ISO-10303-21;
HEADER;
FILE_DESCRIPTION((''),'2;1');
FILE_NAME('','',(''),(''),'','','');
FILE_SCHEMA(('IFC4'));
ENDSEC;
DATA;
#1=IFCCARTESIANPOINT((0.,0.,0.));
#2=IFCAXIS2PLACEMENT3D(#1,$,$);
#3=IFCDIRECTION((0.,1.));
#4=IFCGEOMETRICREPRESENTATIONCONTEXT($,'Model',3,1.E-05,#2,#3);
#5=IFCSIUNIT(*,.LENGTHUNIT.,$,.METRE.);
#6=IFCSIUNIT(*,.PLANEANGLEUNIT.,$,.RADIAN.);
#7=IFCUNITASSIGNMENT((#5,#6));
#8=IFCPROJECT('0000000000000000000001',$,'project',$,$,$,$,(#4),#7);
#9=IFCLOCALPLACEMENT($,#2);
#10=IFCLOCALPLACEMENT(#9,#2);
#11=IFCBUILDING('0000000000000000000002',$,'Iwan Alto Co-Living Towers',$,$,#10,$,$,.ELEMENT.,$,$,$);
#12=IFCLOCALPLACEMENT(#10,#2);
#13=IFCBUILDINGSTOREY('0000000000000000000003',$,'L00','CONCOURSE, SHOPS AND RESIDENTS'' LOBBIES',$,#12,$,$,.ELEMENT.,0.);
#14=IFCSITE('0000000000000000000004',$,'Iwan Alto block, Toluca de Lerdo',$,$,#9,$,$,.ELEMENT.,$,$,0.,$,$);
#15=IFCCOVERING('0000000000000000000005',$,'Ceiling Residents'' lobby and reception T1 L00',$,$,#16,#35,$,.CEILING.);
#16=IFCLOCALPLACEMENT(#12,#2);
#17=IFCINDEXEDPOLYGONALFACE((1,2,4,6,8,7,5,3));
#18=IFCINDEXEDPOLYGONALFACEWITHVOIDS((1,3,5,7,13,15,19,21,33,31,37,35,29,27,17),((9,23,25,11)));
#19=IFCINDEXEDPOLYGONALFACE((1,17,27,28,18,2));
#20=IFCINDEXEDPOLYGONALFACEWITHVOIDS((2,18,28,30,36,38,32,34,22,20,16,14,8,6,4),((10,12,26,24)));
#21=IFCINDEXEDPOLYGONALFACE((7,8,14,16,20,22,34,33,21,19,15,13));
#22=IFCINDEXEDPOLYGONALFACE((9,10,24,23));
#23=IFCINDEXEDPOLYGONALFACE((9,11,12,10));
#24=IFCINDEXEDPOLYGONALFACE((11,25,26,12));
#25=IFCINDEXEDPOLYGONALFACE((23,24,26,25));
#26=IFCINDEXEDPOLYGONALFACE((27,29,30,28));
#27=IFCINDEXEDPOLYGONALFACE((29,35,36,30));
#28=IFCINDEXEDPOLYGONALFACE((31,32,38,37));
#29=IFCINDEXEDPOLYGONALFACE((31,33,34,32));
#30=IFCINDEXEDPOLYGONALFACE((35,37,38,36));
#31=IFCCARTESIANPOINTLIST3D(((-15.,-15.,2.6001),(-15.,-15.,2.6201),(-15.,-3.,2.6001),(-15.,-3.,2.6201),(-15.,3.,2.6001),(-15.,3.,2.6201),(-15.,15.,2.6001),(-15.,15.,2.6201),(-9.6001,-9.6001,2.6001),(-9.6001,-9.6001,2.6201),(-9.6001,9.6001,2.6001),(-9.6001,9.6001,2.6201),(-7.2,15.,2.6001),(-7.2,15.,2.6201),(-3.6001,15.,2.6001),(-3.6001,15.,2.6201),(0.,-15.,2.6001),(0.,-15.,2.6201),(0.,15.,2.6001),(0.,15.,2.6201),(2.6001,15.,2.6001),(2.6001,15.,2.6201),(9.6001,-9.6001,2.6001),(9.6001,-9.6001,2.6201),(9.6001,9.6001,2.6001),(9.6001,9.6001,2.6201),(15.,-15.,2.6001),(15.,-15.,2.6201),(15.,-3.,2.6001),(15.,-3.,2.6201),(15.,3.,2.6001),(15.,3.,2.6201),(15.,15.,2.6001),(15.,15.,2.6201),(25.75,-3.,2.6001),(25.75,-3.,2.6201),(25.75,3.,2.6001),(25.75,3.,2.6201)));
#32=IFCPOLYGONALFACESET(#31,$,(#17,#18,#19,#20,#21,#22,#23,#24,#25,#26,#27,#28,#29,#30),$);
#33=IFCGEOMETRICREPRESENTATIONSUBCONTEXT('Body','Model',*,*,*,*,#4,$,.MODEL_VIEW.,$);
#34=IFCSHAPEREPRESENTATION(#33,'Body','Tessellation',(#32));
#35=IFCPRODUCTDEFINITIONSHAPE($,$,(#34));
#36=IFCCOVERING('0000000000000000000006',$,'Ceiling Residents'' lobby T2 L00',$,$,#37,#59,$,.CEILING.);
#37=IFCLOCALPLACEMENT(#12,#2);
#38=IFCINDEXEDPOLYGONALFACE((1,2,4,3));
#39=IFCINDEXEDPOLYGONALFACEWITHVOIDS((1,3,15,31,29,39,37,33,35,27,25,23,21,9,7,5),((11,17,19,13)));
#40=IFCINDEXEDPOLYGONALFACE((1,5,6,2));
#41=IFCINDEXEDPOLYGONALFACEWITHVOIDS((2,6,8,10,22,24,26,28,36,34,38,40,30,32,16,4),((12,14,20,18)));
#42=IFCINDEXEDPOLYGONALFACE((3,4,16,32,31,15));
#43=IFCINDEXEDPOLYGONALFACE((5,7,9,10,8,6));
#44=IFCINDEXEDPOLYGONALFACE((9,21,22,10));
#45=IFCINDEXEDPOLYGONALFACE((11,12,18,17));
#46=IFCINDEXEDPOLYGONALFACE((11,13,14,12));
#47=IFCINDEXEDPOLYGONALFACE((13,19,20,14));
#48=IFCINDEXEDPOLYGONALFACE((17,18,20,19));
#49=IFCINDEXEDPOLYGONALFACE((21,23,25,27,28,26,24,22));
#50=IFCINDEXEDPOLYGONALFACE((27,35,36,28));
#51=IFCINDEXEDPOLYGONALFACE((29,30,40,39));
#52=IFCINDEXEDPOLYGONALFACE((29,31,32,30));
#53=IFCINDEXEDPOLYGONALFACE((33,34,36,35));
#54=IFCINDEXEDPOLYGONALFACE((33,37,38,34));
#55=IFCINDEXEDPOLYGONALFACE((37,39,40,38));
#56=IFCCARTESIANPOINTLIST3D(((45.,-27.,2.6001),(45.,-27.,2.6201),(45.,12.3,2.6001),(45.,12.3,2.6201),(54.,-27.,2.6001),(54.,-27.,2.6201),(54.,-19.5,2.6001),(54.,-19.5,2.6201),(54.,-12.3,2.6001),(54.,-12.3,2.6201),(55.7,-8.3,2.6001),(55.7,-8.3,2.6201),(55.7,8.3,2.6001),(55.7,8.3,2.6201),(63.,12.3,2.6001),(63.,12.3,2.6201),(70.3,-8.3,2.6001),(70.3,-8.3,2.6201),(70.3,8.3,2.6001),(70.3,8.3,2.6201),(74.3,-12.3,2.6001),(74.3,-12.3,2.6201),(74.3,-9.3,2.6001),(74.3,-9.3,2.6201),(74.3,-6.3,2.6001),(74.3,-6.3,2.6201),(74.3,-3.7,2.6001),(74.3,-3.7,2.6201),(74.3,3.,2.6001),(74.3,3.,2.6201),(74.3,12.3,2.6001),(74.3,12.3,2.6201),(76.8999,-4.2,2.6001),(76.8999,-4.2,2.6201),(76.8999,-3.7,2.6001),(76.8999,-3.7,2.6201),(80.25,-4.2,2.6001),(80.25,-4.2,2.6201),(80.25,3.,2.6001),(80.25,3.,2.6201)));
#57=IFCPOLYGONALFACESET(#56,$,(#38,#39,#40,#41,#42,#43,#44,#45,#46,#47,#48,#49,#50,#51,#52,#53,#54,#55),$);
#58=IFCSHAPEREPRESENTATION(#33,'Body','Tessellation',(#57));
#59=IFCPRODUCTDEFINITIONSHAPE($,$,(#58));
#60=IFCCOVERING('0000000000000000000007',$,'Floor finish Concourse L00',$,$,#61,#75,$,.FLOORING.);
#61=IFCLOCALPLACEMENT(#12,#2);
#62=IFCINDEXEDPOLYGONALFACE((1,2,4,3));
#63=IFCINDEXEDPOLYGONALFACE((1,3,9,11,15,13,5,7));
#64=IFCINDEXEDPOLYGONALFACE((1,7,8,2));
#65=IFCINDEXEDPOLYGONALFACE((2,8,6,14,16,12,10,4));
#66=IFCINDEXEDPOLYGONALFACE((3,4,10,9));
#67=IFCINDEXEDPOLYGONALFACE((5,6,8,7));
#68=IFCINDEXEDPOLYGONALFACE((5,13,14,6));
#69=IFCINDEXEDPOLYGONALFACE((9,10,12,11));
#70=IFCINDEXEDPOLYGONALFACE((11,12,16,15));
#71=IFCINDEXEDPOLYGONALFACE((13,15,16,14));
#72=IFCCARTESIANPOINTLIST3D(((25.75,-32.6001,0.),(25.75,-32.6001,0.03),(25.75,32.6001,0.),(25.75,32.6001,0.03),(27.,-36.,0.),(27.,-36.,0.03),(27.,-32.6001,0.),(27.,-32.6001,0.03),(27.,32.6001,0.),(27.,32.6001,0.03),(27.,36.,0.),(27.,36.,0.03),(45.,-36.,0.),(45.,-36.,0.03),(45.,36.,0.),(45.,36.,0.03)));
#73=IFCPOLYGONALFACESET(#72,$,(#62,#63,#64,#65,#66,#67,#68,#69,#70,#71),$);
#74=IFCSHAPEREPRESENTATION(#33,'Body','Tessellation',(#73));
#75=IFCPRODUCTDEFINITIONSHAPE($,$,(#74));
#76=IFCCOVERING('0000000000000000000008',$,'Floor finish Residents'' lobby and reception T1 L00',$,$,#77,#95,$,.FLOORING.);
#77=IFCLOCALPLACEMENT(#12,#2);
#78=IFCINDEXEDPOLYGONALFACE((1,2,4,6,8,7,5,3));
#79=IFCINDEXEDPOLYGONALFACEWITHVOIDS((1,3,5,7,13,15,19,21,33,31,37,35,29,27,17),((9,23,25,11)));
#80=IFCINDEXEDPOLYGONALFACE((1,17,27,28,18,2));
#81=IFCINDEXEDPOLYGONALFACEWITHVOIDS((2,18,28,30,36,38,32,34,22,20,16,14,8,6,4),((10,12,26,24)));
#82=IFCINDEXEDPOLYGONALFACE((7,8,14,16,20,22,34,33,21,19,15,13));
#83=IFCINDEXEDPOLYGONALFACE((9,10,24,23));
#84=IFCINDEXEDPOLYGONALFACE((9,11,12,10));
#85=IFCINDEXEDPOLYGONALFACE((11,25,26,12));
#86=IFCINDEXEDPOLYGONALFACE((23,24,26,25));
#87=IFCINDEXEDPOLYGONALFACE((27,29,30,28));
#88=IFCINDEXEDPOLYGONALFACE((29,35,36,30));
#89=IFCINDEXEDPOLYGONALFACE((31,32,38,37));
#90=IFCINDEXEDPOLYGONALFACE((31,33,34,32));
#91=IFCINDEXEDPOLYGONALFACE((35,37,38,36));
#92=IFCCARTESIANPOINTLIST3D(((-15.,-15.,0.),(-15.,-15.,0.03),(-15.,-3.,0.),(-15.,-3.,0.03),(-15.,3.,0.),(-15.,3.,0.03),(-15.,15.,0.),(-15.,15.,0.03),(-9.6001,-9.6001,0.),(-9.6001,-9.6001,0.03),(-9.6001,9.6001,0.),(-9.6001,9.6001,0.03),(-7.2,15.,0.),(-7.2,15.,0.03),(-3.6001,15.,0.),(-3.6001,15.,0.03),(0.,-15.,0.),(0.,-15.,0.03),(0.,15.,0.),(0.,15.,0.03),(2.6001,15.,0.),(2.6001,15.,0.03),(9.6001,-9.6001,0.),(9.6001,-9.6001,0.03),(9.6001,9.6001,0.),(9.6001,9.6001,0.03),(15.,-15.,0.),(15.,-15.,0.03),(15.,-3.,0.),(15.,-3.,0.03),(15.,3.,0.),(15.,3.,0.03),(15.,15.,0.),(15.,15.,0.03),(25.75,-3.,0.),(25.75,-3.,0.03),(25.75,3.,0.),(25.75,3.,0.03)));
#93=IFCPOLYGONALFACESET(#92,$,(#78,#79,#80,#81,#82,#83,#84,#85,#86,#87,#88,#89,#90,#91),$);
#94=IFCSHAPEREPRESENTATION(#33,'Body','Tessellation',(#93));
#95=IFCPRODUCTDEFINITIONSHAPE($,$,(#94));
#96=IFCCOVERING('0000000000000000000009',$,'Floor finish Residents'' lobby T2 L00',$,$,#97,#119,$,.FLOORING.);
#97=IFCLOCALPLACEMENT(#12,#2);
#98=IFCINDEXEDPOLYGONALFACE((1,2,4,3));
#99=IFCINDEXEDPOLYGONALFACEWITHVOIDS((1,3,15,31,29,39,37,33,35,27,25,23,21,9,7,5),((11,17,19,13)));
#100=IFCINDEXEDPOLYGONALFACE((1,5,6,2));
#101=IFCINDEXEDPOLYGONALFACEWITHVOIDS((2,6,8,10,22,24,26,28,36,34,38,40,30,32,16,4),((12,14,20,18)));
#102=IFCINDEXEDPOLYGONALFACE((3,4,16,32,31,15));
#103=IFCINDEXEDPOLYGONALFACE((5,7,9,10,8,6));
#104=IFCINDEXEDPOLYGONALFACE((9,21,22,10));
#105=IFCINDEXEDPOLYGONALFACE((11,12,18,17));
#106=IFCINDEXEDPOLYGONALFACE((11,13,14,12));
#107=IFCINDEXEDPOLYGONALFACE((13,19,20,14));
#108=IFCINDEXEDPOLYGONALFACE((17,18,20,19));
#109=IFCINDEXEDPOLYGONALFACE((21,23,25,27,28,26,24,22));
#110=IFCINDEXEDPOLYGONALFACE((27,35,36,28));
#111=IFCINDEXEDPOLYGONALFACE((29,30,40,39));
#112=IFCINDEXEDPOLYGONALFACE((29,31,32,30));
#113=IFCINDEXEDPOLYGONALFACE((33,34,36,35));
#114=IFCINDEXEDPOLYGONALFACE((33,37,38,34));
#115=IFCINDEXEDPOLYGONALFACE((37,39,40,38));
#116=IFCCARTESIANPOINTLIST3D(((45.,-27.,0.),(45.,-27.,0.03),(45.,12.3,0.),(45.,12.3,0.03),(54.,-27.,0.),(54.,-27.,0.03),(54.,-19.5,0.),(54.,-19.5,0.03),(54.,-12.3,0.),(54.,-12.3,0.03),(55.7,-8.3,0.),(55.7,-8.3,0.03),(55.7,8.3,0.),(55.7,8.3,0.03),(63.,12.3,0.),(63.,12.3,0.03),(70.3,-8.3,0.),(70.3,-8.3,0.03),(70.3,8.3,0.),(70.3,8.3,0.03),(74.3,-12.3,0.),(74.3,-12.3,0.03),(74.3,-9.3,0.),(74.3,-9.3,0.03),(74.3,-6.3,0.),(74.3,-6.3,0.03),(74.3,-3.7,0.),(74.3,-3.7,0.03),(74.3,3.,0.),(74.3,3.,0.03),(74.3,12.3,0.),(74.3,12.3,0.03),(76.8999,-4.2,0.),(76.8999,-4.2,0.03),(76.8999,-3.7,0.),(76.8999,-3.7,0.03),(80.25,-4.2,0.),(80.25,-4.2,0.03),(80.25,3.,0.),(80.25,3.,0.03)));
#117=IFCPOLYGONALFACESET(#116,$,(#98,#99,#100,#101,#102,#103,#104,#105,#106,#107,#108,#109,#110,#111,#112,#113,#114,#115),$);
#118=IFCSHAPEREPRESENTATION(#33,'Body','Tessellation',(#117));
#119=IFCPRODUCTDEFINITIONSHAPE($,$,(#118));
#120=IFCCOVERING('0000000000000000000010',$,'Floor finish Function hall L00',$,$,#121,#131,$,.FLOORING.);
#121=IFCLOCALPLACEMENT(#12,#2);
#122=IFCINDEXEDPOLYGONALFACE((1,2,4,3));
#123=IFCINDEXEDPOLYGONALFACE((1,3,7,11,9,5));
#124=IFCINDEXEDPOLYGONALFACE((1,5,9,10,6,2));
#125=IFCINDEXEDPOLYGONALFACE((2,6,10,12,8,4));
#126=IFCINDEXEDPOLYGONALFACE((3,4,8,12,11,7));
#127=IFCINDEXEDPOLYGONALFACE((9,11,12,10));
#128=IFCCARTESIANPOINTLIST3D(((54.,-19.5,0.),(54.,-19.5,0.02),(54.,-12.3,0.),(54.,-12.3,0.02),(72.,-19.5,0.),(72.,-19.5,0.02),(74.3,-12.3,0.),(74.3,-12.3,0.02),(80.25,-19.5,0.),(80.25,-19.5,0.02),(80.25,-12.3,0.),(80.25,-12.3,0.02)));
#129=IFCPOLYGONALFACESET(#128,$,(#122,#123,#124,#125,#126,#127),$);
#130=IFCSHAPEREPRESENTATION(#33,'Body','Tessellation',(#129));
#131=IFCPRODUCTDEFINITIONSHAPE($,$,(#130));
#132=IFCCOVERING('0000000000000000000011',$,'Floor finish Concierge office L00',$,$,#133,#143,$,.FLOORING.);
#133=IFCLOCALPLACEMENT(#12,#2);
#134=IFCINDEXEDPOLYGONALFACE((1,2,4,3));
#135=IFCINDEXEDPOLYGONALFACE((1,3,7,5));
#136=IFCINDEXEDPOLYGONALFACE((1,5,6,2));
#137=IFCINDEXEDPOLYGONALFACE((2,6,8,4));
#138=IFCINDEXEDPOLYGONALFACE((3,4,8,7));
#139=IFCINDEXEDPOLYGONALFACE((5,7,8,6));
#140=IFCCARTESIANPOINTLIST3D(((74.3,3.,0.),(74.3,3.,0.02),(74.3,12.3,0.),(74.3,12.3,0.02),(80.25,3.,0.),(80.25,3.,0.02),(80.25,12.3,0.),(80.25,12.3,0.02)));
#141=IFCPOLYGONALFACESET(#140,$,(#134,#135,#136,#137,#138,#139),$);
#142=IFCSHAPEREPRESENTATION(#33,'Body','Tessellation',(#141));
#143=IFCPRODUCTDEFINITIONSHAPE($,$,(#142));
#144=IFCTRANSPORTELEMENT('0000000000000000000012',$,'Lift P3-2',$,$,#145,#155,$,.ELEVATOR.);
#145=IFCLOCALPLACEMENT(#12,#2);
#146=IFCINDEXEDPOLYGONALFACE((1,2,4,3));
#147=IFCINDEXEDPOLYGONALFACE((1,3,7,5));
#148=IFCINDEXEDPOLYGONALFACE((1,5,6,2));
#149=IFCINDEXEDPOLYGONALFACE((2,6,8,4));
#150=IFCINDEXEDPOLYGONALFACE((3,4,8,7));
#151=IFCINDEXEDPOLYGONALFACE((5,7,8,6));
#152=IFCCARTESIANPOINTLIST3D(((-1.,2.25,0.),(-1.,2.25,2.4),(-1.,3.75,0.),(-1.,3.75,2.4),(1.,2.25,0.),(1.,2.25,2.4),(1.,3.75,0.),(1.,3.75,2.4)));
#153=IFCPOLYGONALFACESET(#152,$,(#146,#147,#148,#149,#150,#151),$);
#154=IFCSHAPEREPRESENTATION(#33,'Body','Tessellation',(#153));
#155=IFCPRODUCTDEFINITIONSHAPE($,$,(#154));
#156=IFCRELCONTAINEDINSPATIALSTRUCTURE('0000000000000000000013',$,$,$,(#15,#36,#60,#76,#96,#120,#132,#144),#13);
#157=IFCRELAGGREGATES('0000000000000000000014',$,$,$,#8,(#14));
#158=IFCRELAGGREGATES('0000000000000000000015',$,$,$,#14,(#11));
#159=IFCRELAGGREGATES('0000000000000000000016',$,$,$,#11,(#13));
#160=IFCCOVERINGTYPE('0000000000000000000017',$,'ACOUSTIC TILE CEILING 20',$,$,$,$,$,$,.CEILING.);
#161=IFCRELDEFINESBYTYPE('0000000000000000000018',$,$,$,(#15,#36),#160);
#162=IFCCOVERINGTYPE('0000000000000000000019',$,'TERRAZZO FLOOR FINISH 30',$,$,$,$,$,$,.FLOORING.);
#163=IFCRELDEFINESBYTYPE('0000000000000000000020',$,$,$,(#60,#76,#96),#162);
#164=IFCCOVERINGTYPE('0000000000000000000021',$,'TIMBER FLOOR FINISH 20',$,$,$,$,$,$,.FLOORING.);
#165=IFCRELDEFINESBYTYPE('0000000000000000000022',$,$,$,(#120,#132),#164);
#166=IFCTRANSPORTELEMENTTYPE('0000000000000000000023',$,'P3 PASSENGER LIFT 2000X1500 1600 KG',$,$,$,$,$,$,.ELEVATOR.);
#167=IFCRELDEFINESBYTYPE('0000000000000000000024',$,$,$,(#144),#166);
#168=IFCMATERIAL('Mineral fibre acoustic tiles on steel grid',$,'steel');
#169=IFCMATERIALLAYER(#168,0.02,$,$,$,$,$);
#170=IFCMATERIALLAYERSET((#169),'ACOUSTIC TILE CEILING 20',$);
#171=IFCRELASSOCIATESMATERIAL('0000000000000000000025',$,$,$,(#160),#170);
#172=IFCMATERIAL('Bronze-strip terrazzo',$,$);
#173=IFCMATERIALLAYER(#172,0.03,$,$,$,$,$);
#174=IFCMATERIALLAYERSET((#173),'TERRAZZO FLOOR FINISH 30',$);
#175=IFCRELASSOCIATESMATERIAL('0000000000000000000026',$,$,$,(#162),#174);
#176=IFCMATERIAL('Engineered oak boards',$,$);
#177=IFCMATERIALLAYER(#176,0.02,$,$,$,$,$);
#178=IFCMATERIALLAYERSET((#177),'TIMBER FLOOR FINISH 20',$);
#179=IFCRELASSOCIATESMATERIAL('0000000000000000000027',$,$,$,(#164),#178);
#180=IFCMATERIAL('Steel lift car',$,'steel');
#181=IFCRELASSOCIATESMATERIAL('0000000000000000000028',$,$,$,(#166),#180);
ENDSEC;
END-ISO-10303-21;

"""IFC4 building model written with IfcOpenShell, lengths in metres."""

from ifc_helpers import new_model, si_unit, direction, frame, origin, origin_2d, place, context, subcontext, project, spatial, polyline, rectangle, outline, extrude, material, layer, layer_set, type_object, element, save


model = new_model("IFC4")

# Units and contexts
model_context = context("Model", 3, precision=1e-05, world=origin(), true_north=direction((0.0, 1.0)))
body_context = subcontext(model_context, "Body", "Model", "MODEL_VIEW")
ifc_project = project(units=[si_unit("LENGTHUNIT", "METRE"), si_unit("PLANEANGLEUNIT", "RADIAN")], contexts=[model_context])

# Site, building, storey
site_placement = place(None, origin())
site = spatial("IfcSite", under=ifc_project, at=site_placement, Name="Iwan Alto block, Toluca de Lerdo", CompositionType="ELEMENT", RefElevation=0.0)
building_placement = place(site_placement, origin())
building = spatial("IfcBuilding", under=site, at=building_placement, Name="Iwan Alto Co-Living Towers", CompositionType="ELEMENT")
storey_placement = place(building_placement, origin())
storey = spatial("IfcBuildingStorey", under=building, at=storey_placement, Name="L00", Description="CONCOURSE, SHOPS AND RESIDENTS' LOBBIES", CompositionType="ELEMENT", Elevation=0.0)

# Coverings
ifc_material_1 = material(Name="Mineral fibre acoustic tiles on steel grid", Category="steel")
ifc_layer_1 = layer(ifc_material_1, 0.02)
ifc_layer_set_1 = layer_set([ifc_layer_1], Name="ACOUSTIC TILE CEILING 20")
covering_type_1 = type_object("IfcCoveringType", Name="ACOUSTIC TILE CEILING 20", PredefinedType="CEILING", material=ifc_layer_set_1)
covering_1_placement = place(storey_placement, frame((0.0, 0.0, 2.6001)))
element("IfcCovering", 1, at=covering_1_placement, inside=storey, type_object=covering_type_1, Name="Ceiling Residents' lobby and reception T1 L00", PredefinedType="CEILING", context=body_context, shape_type="SweptSolid", body=[
    extrude(outline(polyline([(15.0, -3.0), (15.0, -15.0), (0.0, -15.0), (-15.0, -15.0), (-15.0, -3.0), (-15.0, 3.0), (-15.0, 15.0), (-7.2, 15.0), (-3.6001, 15.0), (0.0, 15.0), (2.6001, 15.0), (15.0, 15.0), (15.0, 3.0), (25.75, 3.0), (25.75, -3.0), (15.0, -3.0)]), holes=[polyline([(9.6001, -9.6001), (9.6001, 9.6001), (-9.6001, 9.6001), (-9.6001, -9.6001), (9.6001, -9.6001)])]), origin(), (0.0, 0.0, 1.0), 0.02),
])
covering_2_placement = place(storey_placement, frame((0.0, 0.0, 2.6001)))
element("IfcCovering", 2, at=covering_2_placement, inside=storey, type_object=covering_type_1, Name="Ceiling Residents' lobby T2 L00", PredefinedType="CEILING", context=body_context, shape_type="SweptSolid", body=[
    extrude(outline(polyline([(63.0, 12.3), (74.3, 12.3), (74.3, 3.0), (80.25, 3.0), (80.25, -4.2), (76.8999, -4.2), (76.8999, -3.7), (74.3, -3.7), (74.3, -6.3), (74.3, -9.3), (74.3, -12.3), (54.0, -12.3), (54.0, -19.5), (54.0, -27.0), (45.0, -27.0), (45.0, 12.3), (63.0, 12.3)]), holes=[polyline([(70.3, -8.3), (70.3, 8.3), (55.7, 8.3), (55.7, -8.3), (70.3, -8.3)])]), origin(), (0.0, 0.0, 1.0), 0.02),
])
ifc_material_2 = material(Name="Bronze-strip terrazzo")
ifc_layer_2 = layer(ifc_material_2, 0.03)
ifc_layer_set_2 = layer_set([ifc_layer_2], Name="TERRAZZO FLOOR FINISH 30")
covering_type_2 = type_object("IfcCoveringType", Name="TERRAZZO FLOOR FINISH 30", PredefinedType="FLOORING", material=ifc_layer_set_2)
covering_3_placement = place(storey_placement, origin())
element("IfcCovering", 3, at=covering_3_placement, inside=storey, type_object=covering_type_2, Name="Floor finish Concourse L00", PredefinedType="FLOORING", context=body_context, shape_type="SweptSolid", body=[
    extrude(outline(polyline([(25.75, 32.6001), (27.0, 32.6001), (27.0, 36.0), (45.0, 36.0), (45.0, -36.0), (27.0, -36.0), (27.0, -32.6001), (25.75, -32.6001), (25.75, 32.6001)])), origin(), (0.0, 0.0, 1.0), 0.03),
])
covering_4_placement = place(storey_placement, origin())
element("IfcCovering", 4, at=covering_4_placement, inside=storey, type_object=covering_type_2, Name="Floor finish Residents' lobby and reception T1 L00", PredefinedType="FLOORING", context=body_context, shape_type="SweptSolid", body=[
    extrude(outline(polyline([(15.0, -3.0), (15.0, -15.0), (0.0, -15.0), (-15.0, -15.0), (-15.0, -3.0), (-15.0, 3.0), (-15.0, 15.0), (-7.2, 15.0), (-3.6001, 15.0), (0.0, 15.0), (2.6001, 15.0), (15.0, 15.0), (15.0, 3.0), (25.75, 3.0), (25.75, -3.0), (15.0, -3.0)]), holes=[polyline([(9.6001, -9.6001), (9.6001, 9.6001), (-9.6001, 9.6001), (-9.6001, -9.6001), (9.6001, -9.6001)])]), origin(), (0.0, 0.0, 1.0), 0.03),
])
covering_5_placement = place(storey_placement, origin())
element("IfcCovering", 5, at=covering_5_placement, inside=storey, type_object=covering_type_2, Name="Floor finish Residents' lobby T2 L00", PredefinedType="FLOORING", context=body_context, shape_type="SweptSolid", body=[
    extrude(outline(polyline([(63.0, 12.3), (74.3, 12.3), (74.3, 3.0), (80.25, 3.0), (80.25, -4.2), (76.8999, -4.2), (76.8999, -3.7), (74.3, -3.7), (74.3, -6.3), (74.3, -9.3), (74.3, -12.3), (54.0, -12.3), (54.0, -19.5), (54.0, -27.0), (45.0, -27.0), (45.0, 12.3), (63.0, 12.3)]), holes=[polyline([(70.3, -8.3), (70.3, 8.3), (55.7, 8.3), (55.7, -8.3), (70.3, -8.3)])]), origin(), (0.0, 0.0, 1.0), 0.03),
])
ifc_material_3 = material(Name="Engineered oak boards")
ifc_layer_3 = layer(ifc_material_3, 0.02)
ifc_layer_set_3 = layer_set([ifc_layer_3], Name="TIMBER FLOOR FINISH 20")
covering_type_3 = type_object("IfcCoveringType", Name="TIMBER FLOOR FINISH 20", PredefinedType="FLOORING", material=ifc_layer_set_3)
covering_6_placement = place(storey_placement, origin())
element("IfcCovering", 6, at=covering_6_placement, inside=storey, type_object=covering_type_3, Name="Floor finish Function hall L00", PredefinedType="FLOORING", context=body_context, shape_type="SweptSolid", body=[
    extrude(outline(polyline([(72.0, -19.5), (54.0, -19.5), (54.0, -12.3), (74.3, -12.3), (80.25, -12.3), (80.25, -19.5), (72.0, -19.5)])), origin(), (0.0, 0.0, 1.0), 0.02),
])
covering_7_placement = place(storey_placement, origin())
element("IfcCovering", 7, at=covering_7_placement, inside=storey, type_object=covering_type_3, Name="Floor finish Concierge office L00", PredefinedType="FLOORING", context=body_context, shape_type="SweptSolid", body=[
    extrude(outline(polyline([(74.3, 3.0), (74.3, 12.3), (80.25, 12.3), (80.25, 3.0), (74.3, 3.0)])), origin(), (0.0, 0.0, 1.0), 0.02),
])

# Transport element
ifc_material_4 = material(Name="Steel lift car", Category="steel")
transport_element_type = type_object("IfcTransportElementType", Name="P3 PASSENGER LIFT 2000X1500 1600 KG", PredefinedType="ELEVATOR", material=ifc_material_4)
transport_element_placement = place(storey_placement, frame((0.0, 3.0, 0.0), z_axis=(0.0, 0.0, 1.0), x_axis=(1.0, 0.0, 0.0)))
element("IfcTransportElement", 8, at=transport_element_placement, inside=storey, type_object=transport_element_type, Name="Lift P3-2", PredefinedType="ELEVATOR", context=body_context, shape_type="SweptSolid", body=[
    extrude(rectangle(XDim=2.0, YDim=1.5, at=origin_2d()), origin(), (0.0, 0.0, 1.0), 2.4),
])

save(model, "model.ifc")
